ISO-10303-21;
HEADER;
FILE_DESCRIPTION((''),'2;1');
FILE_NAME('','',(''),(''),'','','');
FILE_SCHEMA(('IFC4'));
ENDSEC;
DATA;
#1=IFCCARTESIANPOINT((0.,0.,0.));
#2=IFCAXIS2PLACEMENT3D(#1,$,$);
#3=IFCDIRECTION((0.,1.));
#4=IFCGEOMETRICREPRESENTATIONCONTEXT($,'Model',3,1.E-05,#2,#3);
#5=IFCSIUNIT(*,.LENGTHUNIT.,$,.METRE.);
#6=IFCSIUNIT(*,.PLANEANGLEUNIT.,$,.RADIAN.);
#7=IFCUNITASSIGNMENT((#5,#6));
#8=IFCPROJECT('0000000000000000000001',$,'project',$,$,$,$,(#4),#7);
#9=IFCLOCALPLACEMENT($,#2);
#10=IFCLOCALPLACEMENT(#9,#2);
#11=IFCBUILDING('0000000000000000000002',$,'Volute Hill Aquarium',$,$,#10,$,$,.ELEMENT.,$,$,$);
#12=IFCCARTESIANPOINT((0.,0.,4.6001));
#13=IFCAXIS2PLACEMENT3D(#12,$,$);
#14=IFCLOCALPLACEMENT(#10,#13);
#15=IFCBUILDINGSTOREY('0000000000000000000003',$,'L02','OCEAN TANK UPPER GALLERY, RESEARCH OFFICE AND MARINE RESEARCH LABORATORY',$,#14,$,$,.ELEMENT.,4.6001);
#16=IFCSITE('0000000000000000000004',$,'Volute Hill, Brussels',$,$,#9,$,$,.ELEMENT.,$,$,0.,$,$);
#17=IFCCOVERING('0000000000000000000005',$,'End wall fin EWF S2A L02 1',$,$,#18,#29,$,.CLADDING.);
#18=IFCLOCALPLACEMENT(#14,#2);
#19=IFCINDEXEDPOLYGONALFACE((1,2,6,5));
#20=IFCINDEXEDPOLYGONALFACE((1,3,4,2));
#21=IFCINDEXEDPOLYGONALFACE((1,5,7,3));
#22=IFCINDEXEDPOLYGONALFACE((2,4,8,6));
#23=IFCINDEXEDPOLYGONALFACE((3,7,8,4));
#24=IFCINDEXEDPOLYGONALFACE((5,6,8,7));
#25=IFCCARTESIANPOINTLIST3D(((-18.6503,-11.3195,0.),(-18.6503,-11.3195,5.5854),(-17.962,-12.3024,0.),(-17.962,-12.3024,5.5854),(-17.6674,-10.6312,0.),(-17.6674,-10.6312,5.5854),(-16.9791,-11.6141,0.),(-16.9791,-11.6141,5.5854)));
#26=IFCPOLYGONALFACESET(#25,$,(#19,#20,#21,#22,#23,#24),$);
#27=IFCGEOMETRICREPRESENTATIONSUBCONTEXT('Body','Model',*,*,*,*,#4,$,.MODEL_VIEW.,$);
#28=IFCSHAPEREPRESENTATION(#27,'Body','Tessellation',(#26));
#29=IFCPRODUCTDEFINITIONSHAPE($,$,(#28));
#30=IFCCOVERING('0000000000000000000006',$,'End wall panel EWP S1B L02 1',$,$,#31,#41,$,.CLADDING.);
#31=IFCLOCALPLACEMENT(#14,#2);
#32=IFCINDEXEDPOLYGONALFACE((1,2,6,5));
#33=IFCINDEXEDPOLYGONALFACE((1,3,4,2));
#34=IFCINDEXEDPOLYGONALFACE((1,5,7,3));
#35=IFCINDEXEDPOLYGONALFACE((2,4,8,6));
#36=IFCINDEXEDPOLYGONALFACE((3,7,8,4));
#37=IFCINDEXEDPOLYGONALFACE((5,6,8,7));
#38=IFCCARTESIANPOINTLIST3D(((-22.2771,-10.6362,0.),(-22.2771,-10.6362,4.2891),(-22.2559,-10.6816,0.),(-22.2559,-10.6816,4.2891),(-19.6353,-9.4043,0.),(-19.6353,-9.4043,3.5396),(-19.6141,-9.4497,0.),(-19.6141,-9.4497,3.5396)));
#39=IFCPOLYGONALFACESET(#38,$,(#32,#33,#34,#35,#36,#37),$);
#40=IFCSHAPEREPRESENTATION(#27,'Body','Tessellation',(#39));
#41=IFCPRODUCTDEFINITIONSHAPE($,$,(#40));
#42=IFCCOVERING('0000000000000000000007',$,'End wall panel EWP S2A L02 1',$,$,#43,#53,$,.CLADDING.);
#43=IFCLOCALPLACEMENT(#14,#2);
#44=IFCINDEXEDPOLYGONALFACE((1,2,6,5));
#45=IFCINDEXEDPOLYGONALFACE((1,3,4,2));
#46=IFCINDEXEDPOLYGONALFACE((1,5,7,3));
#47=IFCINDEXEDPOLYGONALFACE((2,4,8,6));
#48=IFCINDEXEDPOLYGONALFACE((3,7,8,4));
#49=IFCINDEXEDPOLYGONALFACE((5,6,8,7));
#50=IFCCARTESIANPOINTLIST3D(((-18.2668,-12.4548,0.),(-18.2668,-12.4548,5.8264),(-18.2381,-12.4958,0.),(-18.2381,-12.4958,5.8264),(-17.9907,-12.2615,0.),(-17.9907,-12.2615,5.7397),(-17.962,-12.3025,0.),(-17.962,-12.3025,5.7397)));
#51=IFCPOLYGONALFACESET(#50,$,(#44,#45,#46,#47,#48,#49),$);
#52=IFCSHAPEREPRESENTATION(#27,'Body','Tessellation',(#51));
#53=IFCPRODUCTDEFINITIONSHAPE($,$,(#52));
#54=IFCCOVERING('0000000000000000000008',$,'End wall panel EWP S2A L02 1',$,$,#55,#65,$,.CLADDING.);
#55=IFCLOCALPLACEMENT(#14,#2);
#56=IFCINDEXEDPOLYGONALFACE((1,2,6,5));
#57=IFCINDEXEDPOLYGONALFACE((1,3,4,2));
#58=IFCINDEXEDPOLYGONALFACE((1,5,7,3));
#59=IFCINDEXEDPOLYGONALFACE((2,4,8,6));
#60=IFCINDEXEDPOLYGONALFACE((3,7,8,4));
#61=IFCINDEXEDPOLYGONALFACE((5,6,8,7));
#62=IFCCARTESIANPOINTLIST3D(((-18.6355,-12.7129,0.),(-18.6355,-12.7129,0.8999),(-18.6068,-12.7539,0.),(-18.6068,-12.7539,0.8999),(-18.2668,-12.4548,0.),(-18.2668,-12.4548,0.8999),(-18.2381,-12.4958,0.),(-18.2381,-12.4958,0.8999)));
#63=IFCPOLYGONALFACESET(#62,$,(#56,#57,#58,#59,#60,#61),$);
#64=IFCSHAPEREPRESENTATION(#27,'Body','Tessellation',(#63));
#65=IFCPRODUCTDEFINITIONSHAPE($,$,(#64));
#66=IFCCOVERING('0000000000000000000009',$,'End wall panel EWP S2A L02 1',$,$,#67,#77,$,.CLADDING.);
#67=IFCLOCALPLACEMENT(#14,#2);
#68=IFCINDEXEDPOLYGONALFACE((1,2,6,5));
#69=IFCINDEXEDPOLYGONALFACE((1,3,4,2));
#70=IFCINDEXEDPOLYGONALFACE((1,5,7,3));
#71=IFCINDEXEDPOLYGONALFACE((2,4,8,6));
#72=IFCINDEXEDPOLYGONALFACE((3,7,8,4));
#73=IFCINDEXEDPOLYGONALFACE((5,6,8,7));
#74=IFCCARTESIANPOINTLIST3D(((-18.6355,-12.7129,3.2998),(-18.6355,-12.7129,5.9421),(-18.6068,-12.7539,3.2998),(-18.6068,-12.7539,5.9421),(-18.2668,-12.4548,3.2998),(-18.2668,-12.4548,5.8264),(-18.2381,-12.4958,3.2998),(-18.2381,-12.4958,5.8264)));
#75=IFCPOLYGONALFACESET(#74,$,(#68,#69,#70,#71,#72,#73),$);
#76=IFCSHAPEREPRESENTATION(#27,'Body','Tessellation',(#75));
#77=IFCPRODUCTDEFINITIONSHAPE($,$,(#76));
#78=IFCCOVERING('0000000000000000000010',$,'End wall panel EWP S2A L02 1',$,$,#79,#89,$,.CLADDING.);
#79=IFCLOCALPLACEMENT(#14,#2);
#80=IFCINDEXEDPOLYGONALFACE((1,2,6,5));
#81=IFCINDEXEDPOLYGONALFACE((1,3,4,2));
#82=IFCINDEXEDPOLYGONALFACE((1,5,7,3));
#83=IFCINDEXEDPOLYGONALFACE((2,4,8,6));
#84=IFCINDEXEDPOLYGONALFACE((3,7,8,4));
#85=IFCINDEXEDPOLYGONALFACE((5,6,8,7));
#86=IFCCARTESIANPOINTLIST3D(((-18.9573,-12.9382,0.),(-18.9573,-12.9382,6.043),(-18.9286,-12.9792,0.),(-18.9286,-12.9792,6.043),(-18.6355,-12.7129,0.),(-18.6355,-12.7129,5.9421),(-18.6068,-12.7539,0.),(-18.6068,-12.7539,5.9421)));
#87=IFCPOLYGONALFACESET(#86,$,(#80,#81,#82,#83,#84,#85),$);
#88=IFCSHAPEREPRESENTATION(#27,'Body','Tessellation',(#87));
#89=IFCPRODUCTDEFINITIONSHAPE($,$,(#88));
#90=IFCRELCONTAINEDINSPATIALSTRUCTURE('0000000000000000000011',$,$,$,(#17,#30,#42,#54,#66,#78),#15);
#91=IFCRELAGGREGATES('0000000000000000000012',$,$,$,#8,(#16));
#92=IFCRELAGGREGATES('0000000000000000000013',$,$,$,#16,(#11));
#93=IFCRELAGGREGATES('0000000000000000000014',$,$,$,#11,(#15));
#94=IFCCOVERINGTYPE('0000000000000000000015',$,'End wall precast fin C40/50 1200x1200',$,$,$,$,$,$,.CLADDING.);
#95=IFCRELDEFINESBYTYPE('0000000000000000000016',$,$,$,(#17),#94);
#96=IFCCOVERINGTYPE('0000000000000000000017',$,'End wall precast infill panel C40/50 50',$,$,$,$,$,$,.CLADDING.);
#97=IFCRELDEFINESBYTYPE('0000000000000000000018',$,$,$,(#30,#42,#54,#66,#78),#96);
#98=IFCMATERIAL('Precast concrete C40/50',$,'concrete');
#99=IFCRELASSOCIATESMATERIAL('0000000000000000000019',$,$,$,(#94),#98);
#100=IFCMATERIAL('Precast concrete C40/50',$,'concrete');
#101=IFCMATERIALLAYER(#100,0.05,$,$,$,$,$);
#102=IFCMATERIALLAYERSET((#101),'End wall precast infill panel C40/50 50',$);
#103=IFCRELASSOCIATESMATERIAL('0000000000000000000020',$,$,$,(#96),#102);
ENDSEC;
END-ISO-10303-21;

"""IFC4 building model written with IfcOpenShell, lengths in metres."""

from ifc_helpers import new_model, si_unit, direction, frame, origin, origin_2d, place, context, subcontext, project, spatial, polyline, rectangle, outline, extrude, material, layer, layer_set, type_object, element, save


model = new_model("IFC4")

# Units and contexts
model_context = context("Model", 3, precision=1e-05, world=origin(), true_north=direction((0.0, 1.0)))
body_context = subcontext(model_context, "Body", "Model", "MODEL_VIEW")
ifc_project = project(units=[si_unit("LENGTHUNIT", "METRE"), si_unit("PLANEANGLEUNIT", "RADIAN")], contexts=[model_context])

# Site, building, storey
site_placement = place(None, origin())
site = spatial("IfcSite", under=ifc_project, at=site_placement, Name="Volute Hill, Brussels", CompositionType="ELEMENT", RefElevation=0.0)
building_placement = place(site_placement, origin())
building = spatial("IfcBuilding", under=site, at=building_placement, Name="Volute Hill Aquarium", CompositionType="ELEMENT")
storey_placement = place(building_placement, frame((0.0, 0.0, 4.6001)))
storey = spatial("IfcBuildingStorey", under=building, at=storey_placement, Name="L02", Description="OCEAN TANK UPPER GALLERY, RESEARCH OFFICE AND MARINE RESEARCH LABORATORY", CompositionType="ELEMENT", Elevation=4.6001)

# Coverings
ifc_material_1 = material(Name="Precast concrete C40/50", Category="concrete")
covering_type_1 = type_object("IfcCoveringType", Name="End wall precast fin C40/50 1200x1200", PredefinedType="CLADDING", material=ifc_material_1)
covering_1_placement = place(storey_placement, frame((-17.8147, -11.4668, 0.0), z_axis=(0.0, 0.0, 1.0), x_axis=(-0.819154, -0.573574, 0.0)))
element("IfcCovering", 1, at=covering_1_placement, inside=storey, type_object=covering_type_1, Name="End wall fin EWF S2A L02 1", PredefinedType="CLADDING", context=body_context, shape_type="SweptSolid", body=[
    extrude(rectangle(XDim=1.2, YDim=1.2, at=origin_2d()), origin(), (0.0, 0.0, 1.0), 5.5854),
])
ifc_material_2 = material(Name="Precast concrete C40/50", Category="concrete")
ifc_layer_1 = layer(ifc_material_2, 0.05)
ifc_layer_set_1 = layer_set([ifc_layer_1], Name="End wall precast infill panel C40/50 50")
covering_type_2 = type_object("IfcCoveringType", Name="End wall precast infill panel C40/50 50", PredefinedType="CLADDING", material=ifc_layer_set_1)
covering_2_placement = place(storey_placement, frame((-19.6353, -9.4043, 0.0), z_axis=(-0.422624, 0.906305, 0.0), x_axis=(-0.906305, -0.422624, 0.0)))
element("IfcCovering", 2, at=covering_2_placement, inside=storey, type_object=covering_type_2, Name="End wall panel EWP S1B L02 1", PredefinedType="CLADDING", context=body_context, shape_type="SweptSolid", body=[
    extrude(outline(polyline([(0.0, 0.0), (2.915, 0.0), (2.915, 4.2891), (0.0, 3.5396), (0.0, 0.0)])), origin(), (0.0, 0.0, -1.0), 0.05),
])
covering_3_placement = place(storey_placement, frame((-17.9907, -12.2615, 0.0), z_axis=(-0.573608, 0.81913, 0.0), x_axis=(-0.81913, -0.573608, 0.0)))
element("IfcCovering", 3, at=covering_3_placement, inside=storey, type_object=covering_type_2, Name="End wall panel EWP S2A L02 1", PredefinedType="CLADDING", context=body_context, shape_type="SweptSolid", body=[
    extrude(outline(polyline([(0.0, 0.0), (0.3371, 0.0), (0.3371, 5.8264), (0.0, 5.7397), (0.0, 0.0)])), origin(), (0.0, 0.0, -1.0), 0.05),
])
covering_4_placement = place(storey_placement, frame((-18.2668, -12.4548, 0.0), z_axis=(-0.573462, 0.819232, 0.0), x_axis=(-0.819232, -0.573462, 0.0)))
element("IfcCovering", 4, at=covering_4_placement, inside=storey, type_object=covering_type_2, Name="End wall panel EWP S2A L02 1", PredefinedType="CLADDING", context=body_context, shape_type="SweptSolid", body=[
    extrude(outline(polyline([(0.0, 0.0), (0.45, 0.0), (0.45, 0.8999), (0.0, 0.8999), (0.0, 0.0)])), origin(), (0.0, 0.0, -1.0), 0.05),
])
covering_5_placement = place(storey_placement, frame((-18.2668, -12.4548, 3.2998), z_axis=(-0.573462, 0.819232, 0.0), x_axis=(-0.819232, -0.573462, 0.0)))
element("IfcCovering", 5, at=covering_5_placement, inside=storey, type_object=covering_type_2, Name="End wall panel EWP S2A L02 1", PredefinedType="CLADDING", context=body_context, shape_type="SweptSolid", body=[
    extrude(outline(polyline([(0.0, 0.0), (0.45, 0.0), (0.45, 2.6423), (0.0, 2.5266), (0.0, 0.0)])), origin(), (0.0, 0.0, -1.0), 0.05),
])
covering_6_placement = place(storey_placement, frame((-18.6355, -12.7129, 0.0), z_axis=(-0.573629, 0.819115, 0.0), x_axis=(-0.819115, -0.573629, 0.0)))
element("IfcCovering", 6, at=covering_6_placement, inside=storey, type_object=covering_type_2, Name="End wall panel EWP S2A L02 1", PredefinedType="CLADDING", context=body_context, shape_type="SweptSolid", body=[
    extrude(outline(polyline([(0.0, 0.0), (0.3928, 0.0), (0.3928, 6.043), (0.0, 5.9421), (0.0, 0.0)])), origin(), (0.0, 0.0, -1.0), 0.05),
])

save(model, "model.ifc")
